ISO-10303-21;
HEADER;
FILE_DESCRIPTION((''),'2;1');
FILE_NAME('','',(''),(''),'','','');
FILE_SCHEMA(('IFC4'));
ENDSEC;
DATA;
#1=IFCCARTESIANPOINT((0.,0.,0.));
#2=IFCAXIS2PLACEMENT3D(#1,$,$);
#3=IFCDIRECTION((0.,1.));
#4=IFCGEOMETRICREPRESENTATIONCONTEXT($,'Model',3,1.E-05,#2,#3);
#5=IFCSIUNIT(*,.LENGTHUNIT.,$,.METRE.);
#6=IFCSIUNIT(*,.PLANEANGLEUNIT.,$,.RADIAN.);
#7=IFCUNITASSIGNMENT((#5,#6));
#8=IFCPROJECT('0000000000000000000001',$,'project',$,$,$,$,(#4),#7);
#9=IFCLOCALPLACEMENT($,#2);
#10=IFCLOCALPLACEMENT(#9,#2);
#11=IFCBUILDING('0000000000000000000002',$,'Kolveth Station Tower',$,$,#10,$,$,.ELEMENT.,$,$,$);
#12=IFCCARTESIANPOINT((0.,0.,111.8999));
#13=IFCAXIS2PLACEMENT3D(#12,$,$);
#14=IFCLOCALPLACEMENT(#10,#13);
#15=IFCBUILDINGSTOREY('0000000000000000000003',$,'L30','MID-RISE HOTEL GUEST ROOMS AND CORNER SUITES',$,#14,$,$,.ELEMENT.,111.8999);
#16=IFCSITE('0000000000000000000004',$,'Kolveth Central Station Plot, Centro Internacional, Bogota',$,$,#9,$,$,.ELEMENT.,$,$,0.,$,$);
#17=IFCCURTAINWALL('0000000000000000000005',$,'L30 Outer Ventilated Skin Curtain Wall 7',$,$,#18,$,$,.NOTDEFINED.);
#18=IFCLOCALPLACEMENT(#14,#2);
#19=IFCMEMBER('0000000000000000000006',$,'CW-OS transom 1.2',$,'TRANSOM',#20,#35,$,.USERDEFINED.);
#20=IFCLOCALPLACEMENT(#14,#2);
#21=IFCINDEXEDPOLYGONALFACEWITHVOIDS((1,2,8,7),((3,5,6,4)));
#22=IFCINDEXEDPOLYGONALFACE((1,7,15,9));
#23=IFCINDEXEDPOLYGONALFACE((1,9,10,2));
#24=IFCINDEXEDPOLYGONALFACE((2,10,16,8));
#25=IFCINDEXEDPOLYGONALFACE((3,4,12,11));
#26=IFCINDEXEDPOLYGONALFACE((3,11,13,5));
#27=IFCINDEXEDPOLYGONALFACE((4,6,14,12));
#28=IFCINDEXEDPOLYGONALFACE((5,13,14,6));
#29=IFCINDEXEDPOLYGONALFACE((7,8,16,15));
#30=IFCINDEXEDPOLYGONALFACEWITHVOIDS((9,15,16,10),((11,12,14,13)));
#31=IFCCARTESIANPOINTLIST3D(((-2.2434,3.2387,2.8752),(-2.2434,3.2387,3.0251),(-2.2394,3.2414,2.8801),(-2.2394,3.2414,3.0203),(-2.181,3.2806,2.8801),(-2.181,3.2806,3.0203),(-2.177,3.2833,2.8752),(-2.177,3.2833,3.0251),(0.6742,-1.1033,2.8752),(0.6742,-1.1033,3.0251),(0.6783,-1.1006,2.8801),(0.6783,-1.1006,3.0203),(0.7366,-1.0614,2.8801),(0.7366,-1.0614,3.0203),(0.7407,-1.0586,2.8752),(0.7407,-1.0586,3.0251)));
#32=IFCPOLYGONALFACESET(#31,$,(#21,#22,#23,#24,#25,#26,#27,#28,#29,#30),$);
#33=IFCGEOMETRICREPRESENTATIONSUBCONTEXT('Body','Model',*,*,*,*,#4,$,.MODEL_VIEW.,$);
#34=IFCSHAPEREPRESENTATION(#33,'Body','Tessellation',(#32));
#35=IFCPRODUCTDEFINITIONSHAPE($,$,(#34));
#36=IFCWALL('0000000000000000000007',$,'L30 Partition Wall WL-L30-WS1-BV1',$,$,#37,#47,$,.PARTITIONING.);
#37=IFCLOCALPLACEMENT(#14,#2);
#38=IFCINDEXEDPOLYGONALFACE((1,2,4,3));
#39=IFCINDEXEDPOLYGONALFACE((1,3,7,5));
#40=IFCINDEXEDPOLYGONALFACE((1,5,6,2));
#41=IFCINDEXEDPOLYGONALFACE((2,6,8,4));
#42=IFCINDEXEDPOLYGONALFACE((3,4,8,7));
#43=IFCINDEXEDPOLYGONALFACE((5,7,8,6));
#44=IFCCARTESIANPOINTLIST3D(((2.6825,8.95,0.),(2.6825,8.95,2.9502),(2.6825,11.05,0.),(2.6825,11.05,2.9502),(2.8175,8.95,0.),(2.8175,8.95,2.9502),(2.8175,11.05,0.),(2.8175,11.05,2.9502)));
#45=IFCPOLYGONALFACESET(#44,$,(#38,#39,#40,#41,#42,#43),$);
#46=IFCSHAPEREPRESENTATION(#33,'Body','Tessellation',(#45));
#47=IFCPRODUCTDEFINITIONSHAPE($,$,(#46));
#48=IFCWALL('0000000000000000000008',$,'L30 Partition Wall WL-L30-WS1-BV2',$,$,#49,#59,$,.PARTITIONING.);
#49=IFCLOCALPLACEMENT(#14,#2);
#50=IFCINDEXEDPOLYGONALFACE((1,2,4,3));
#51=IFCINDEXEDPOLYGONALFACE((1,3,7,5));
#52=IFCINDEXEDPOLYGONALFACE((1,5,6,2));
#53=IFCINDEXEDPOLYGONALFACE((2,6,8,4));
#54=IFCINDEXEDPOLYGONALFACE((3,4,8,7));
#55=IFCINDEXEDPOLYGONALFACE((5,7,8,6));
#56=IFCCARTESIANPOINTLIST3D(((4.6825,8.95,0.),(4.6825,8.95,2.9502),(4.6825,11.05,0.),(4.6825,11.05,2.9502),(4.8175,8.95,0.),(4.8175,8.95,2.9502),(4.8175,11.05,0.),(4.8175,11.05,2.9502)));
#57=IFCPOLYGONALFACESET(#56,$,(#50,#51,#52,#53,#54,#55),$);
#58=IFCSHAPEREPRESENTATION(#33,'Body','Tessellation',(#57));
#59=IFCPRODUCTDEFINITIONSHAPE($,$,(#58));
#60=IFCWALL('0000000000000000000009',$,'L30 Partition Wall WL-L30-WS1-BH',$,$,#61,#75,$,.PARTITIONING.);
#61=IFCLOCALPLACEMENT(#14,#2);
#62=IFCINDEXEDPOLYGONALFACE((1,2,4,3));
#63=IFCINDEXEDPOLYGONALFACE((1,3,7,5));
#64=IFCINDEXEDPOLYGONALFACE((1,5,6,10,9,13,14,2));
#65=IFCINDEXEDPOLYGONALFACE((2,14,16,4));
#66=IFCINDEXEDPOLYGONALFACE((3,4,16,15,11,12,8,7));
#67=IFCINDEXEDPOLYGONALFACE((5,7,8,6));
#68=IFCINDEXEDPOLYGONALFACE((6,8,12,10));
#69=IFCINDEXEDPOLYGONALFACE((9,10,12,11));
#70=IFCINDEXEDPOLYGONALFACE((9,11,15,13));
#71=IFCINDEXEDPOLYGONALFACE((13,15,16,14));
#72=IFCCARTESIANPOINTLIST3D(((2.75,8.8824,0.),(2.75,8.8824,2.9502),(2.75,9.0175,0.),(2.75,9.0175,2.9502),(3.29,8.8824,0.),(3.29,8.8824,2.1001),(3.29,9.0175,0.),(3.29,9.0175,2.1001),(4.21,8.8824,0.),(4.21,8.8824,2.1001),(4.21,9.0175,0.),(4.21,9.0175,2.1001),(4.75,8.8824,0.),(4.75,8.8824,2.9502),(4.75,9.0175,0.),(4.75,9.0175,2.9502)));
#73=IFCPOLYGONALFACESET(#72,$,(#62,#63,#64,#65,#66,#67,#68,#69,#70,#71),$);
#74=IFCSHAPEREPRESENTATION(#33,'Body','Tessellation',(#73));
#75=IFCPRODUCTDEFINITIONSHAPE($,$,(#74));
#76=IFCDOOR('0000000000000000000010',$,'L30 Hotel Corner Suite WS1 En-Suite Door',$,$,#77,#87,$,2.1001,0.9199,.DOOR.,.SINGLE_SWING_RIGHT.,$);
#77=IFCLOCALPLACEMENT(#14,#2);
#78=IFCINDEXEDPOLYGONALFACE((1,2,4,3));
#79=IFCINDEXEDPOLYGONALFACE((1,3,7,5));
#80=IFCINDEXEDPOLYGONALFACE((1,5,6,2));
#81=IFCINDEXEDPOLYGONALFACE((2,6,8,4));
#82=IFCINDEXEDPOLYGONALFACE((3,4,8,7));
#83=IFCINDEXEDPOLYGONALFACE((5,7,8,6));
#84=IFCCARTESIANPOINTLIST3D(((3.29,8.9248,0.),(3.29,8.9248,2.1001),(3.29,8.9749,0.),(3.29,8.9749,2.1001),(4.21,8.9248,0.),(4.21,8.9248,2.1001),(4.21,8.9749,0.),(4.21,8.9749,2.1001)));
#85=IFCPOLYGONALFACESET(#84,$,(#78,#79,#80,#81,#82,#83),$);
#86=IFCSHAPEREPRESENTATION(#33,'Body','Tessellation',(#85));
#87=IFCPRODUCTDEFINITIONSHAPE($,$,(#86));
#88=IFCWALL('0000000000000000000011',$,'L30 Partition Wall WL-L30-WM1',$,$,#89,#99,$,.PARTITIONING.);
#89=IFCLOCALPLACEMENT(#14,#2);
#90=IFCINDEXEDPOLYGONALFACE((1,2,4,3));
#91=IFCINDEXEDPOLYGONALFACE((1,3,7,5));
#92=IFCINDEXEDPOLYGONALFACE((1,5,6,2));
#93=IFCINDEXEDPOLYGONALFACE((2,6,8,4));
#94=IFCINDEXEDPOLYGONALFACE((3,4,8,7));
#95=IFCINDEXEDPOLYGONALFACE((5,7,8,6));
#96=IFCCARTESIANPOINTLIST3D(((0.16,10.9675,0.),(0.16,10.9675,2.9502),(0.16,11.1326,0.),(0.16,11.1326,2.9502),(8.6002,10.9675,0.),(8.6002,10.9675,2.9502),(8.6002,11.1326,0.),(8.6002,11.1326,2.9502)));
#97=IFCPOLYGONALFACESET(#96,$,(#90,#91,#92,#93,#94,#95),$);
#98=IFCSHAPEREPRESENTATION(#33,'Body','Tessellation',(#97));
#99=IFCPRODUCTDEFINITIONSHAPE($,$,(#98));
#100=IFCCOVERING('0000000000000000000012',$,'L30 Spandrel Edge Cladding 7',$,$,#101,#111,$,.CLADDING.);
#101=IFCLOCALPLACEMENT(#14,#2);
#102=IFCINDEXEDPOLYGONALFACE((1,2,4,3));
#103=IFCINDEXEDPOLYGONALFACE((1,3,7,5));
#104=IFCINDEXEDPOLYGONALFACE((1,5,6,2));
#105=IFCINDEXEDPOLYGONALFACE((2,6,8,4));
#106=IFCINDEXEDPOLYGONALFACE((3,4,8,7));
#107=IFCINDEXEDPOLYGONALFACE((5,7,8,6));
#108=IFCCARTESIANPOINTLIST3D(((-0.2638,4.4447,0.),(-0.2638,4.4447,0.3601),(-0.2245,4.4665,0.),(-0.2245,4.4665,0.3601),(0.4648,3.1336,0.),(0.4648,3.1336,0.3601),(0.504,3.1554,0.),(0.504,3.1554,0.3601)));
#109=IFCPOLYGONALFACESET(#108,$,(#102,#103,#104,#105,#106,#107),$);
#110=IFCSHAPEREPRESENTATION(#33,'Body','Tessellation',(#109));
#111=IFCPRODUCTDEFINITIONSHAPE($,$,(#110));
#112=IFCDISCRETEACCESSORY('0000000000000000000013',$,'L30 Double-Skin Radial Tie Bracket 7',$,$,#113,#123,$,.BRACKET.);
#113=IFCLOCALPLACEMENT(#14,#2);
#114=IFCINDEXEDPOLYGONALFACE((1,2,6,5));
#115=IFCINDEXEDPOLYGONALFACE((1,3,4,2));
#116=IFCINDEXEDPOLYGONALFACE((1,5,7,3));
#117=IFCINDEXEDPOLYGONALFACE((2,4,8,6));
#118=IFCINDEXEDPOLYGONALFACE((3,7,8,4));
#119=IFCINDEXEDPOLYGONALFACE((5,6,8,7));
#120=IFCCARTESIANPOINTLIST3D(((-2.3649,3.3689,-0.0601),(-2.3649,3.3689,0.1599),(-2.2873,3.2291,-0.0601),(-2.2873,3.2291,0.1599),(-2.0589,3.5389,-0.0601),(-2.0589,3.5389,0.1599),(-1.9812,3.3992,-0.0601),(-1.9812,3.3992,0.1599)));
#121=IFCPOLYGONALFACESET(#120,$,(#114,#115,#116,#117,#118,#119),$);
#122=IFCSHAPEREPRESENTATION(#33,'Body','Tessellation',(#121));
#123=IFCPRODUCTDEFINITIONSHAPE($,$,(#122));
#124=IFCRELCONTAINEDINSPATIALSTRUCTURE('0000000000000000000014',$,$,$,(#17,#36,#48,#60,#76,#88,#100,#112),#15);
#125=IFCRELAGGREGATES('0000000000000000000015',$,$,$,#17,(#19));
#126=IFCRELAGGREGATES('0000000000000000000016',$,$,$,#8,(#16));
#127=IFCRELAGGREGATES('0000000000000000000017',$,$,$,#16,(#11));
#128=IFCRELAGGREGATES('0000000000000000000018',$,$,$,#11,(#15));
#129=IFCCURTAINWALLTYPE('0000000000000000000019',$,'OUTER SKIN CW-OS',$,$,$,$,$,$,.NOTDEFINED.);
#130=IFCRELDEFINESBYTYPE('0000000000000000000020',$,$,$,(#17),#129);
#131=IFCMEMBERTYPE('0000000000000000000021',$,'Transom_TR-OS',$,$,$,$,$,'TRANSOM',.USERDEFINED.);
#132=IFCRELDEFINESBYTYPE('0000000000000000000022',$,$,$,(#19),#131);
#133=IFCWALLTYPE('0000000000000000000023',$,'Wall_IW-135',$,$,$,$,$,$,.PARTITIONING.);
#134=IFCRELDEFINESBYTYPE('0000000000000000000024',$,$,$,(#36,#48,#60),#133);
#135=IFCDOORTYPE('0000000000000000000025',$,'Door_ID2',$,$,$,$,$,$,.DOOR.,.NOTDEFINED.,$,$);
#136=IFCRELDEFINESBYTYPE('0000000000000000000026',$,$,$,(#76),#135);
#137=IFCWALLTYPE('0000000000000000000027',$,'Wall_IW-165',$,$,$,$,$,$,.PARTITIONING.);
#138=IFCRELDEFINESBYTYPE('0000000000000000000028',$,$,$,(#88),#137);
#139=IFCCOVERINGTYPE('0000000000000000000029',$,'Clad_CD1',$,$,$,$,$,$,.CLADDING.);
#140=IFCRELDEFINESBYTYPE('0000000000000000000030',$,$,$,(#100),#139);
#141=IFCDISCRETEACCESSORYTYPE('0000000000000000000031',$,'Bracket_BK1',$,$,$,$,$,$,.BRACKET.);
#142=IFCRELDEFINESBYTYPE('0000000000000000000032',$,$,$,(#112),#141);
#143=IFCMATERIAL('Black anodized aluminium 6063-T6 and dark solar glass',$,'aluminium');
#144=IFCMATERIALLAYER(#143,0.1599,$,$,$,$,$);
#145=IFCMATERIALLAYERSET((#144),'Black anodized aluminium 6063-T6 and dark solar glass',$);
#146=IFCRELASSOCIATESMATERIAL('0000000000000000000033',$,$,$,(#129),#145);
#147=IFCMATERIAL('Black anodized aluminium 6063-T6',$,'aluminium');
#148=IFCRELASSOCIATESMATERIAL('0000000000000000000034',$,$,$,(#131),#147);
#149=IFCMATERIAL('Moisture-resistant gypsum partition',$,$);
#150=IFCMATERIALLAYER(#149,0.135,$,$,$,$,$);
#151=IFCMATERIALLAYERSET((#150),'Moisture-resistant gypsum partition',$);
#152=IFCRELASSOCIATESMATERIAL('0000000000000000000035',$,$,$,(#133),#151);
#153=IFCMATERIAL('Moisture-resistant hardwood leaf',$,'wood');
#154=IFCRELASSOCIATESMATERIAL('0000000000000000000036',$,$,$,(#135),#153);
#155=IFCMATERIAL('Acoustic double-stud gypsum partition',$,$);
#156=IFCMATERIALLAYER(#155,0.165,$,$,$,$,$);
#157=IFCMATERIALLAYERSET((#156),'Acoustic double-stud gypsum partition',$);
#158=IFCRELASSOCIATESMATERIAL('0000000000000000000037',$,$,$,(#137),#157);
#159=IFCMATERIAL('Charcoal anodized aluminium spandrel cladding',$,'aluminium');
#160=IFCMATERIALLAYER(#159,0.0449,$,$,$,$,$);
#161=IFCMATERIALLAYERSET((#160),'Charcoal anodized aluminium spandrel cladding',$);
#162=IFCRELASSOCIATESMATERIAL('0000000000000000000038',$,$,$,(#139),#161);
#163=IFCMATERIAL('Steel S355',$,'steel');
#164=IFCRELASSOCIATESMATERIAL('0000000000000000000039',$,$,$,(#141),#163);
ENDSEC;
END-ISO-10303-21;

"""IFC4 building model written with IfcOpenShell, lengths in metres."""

from ifc_helpers import new_model, si_unit, direction, frame, frame_2d, origin, origin_2d, place, context, subcontext, project, spatial, rectangle, hollow_rectangle, extrude, source, transform, mapped, material, layer, layer_set, material_profile, profile_set, type_object, element, fill, aggregate, save


model = new_model("IFC4")

# Units and contexts
model_context = context("Model", 3, precision=1e-05, world=origin(), true_north=direction((0.0, 1.0)))
body_context = subcontext(model_context, "Body", "Model", "MODEL_VIEW")
ifc_project = project(units=[si_unit("LENGTHUNIT", "METRE"), si_unit("PLANEANGLEUNIT", "RADIAN")], contexts=[model_context])

# Site, building, storey
site_placement = place(None, origin())
site = spatial("IfcSite", under=ifc_project, at=site_placement, Name="Kolveth Central Station Plot, Centro Internacional, Bogota", CompositionType="ELEMENT", RefElevation=0.0)
building_placement = place(site_placement, origin())
building = spatial("IfcBuilding", under=site, at=building_placement, Name="Kolveth Station Tower", CompositionType="ELEMENT")
storey_placement = place(building_placement, frame((0.0, 0.0, 111.8999)))
storey = spatial("IfcBuildingStorey", under=building, at=storey_placement, Name="L30", Description="MID-RISE HOTEL GUEST ROOMS AND CORNER SUITES", CompositionType="ELEMENT", Elevation=111.8999)

# Shared definitions
ifc_material_1 = material(Name="Steel S355", Category="steel")

# Shared definitions
ifc_material_2 = material(Name="Black anodized aluminium 6063-T6", Category="aluminium")

# Curtain wall
ifc_material_3 = material(Name="Black anodized aluminium 6063-T6 and dark solar glass", Category="aluminium")
ifc_layer_1 = layer(ifc_material_3, 0.1599)
ifc_layer_set_1 = layer_set([ifc_layer_1], Name="Black anodized aluminium 6063-T6 and dark solar glass")
curtain_wall_type_1 = type_object("IfcCurtainWallType", Name="OUTER SKIN CW-OS", PredefinedType="NOTDEFINED", material=ifc_layer_set_1)
curtain_wall_1_placement = place(storey_placement, origin())
curtain_wall_1 = element("IfcCurtainWall", 1, at=curtain_wall_1_placement, inside=storey, type_object=curtain_wall_type_1, Name="L30 Outer Ventilated Skin Curtain Wall 7", PredefinedType="NOTDEFINED")

# Member
ifc_material_profile_1 = material_profile(ifc_material_2, hollow_rectangle(XDim=0.0801, YDim=0.1499, WallThickness=0.0049, at=origin_2d()), Name="ALU-80x150x5")
ifc_profile_set_1 = profile_set([ifc_material_profile_1], Name="Black anodized aluminium 6063-T6")
member_type_1 = type_object("IfcMemberType", Name="Transom_TR-OS", ElementType="TRANSOM", PredefinedType="USERDEFINED", material=ifc_profile_set_1)
shared_shape_1 = source(origin(), body_context, "Body", "SweptSolid", [
    extrude(hollow_rectangle(XDim=0.0801, YDim=0.1499, WallThickness=0.0049, at=origin_2d()), origin(), (0.0, 0.0, 1.0), 5.2312),
])
member_1_placement = place(storey_placement, frame((-2.2102, 3.261, 2.9502), z_axis=(0.557744, -0.830013, 0.0), x_axis=(0.830013, 0.557744, 0.0)))
member_1 = element("IfcMember", 2, at=member_1_placement, type_object=member_type_1, Name="CW-OS transom 1.2", ObjectType="TRANSOM", PredefinedType="USERDEFINED", context=body_context, shape_type="MappedRepresentation", body=[
    mapped(shared_shape_1, transform((0.0, 0.0, 0.0), x_axis=(1.0, 0.0, 0.0), y_axis=(0.0, 1.0, 0.0), z_axis=(0.0, 0.0, 1.0), scale=1.0)),
])
aggregate(curtain_wall_1, [member_1])

# Walls
ifc_material_4 = material(Name="Moisture-resistant gypsum partition")
ifc_layer_2 = layer(ifc_material_4, 0.135)
ifc_layer_set_2 = layer_set([ifc_layer_2], Name="Moisture-resistant gypsum partition")
wall_type_1 = type_object("IfcWallType", Name="Wall_IW-135", PredefinedType="PARTITIONING", material=ifc_layer_set_2)
for number, where, z_axis, x_axis, name in (
    (3, (2.75, 8.95, 0.0), (0.0, 0.0, 1.0), (0.0, 1.0, 0.0), "L30 Partition Wall WL-L30-WS1-BV1"),
    (4, (4.75, 8.95, 0.0), (0.0, 0.0, 1.0), (0.0, 1.0, 0.0), "L30 Partition Wall WL-L30-WS1-BV2"),
):
    element("IfcWall", number, at=place(storey_placement, frame(where, z_axis=z_axis, x_axis=x_axis)), inside=storey, type_object=wall_type_1, Name=name, PredefinedType="PARTITIONING", context=body_context, shape_type="SweptSolid", body=[
        extrude(rectangle(XDim=2.1001, YDim=0.135, at=frame_2d((1.05, 0.0))), origin(), (0.0, 0.0, 1.0), 2.9502),
    ])

# Wall, opening, door
wall_1_placement = place(storey_placement, frame((2.75, 8.95, 0.0), z_axis=(0.0, 0.0, 1.0), x_axis=(1.0, 0.0, 0.0)))
wall_1 = element("IfcWall", 5, at=wall_1_placement, inside=storey, type_object=wall_type_1, Name="L30 Partition Wall WL-L30-WS1-BH", PredefinedType="PARTITIONING", context=body_context, shape_type="SweptSolid", body=[
    extrude(rectangle(XDim=2.0, YDim=0.135, at=frame_2d((1.0, 0.0))), origin(), (0.0, 0.0, 1.0), 2.9502),
])
opening_placement = place(wall_1_placement, frame((0.54, 0.0, 0.0)))
opening = element("IfcOpeningElement", 6, at=opening_placement, cuts=wall_1, PredefinedType="OPENING", context=body_context, shape_type="SweptSolid", body=[
    extrude(rectangle(XDim=0.9199, YDim=2.1001, at=frame_2d((0.46, 1.05))), frame((0.0, 0.0774, 0.0), z_axis=(0.0, -1.0, 0.0), x_axis=(1.0, 0.0, 0.0)), (0.0, 0.0, 1.0), 0.155),
])
ifc_material_5 = material(Name="Moisture-resistant hardwood leaf", Category="wood")
door_type = type_object("IfcDoorType", Name="Door_ID2", OperationType="NOTDEFINED", PredefinedType="DOOR", material=ifc_material_5)
door_placement = place(opening_placement, origin())
door = element("IfcDoor", 7, at=door_placement, inside=storey, type_object=door_type, Name="L30 Hotel Corner Suite WS1 En-Suite Door", OperationType="SINGLE_SWING_RIGHT", OverallHeight=2.1001, OverallWidth=0.9199, PredefinedType="DOOR", context=body_context, shape_type="SweptSolid", body=[
    extrude(rectangle(XDim=0.9199, YDim=2.1001, at=frame_2d((0.46, 1.05))), frame((0.0, 0.0249, 0.0), z_axis=(0.0, -1.0, 0.0), x_axis=(1.0, 0.0, 0.0)), (0.0, 0.0, 1.0), 0.05),
])
fill(opening, door)

# Wall
ifc_material_6 = material(Name="Acoustic double-stud gypsum partition")
ifc_layer_3 = layer(ifc_material_6, 0.165)
ifc_layer_set_3 = layer_set([ifc_layer_3], Name="Acoustic double-stud gypsum partition")
wall_type_2 = type_object("IfcWallType", Name="Wall_IW-165", PredefinedType="PARTITIONING", material=ifc_layer_set_3)
wall_2_placement = place(storey_placement, frame((0.1599, 11.05, 0.0), z_axis=(0.0, 0.0, 1.0), x_axis=(1.0, 0.0, 0.0)))
element("IfcWall", 8, at=wall_2_placement, inside=storey, type_object=wall_type_2, Name="L30 Partition Wall WL-L30-WM1", PredefinedType="PARTITIONING", context=body_context, shape_type="SweptSolid", body=[
    extrude(rectangle(XDim=8.4402, YDim=0.165, at=frame_2d((4.2202, 0.0))), origin(), (0.0, 0.0, 1.0), 2.9502),
])

# Covering
ifc_material_7 = material(Name="Charcoal anodized aluminium spandrel cladding", Category="aluminium")
ifc_layer_4 = layer(ifc_material_7, 0.0449)
ifc_layer_set_4 = layer_set([ifc_layer_4], Name="Charcoal anodized aluminium spandrel cladding")
covering_type = type_object("IfcCoveringType", Name="Clad_CD1", PredefinedType="CLADDING", material=ifc_layer_set_4)
shared_shape_2 = source(origin(), body_context, "Body", "SweptSolid", [
    extrude(rectangle(XDim=1.5, YDim=0.0449, at=origin_2d()), origin(), (0.0, 0.0, 1.0), 0.3601),
])
covering_placement = place(storey_placement, frame((0.1201, 3.8, 0.0), z_axis=(0.0, 0.0, 1.0), x_axis=(0.485725, -0.874112, 0.0)))
element("IfcCovering", 9, at=covering_placement, inside=storey, type_object=covering_type, Name="L30 Spandrel Edge Cladding 7", PredefinedType="CLADDING", context=body_context, shape_type="MappedRepresentation", body=[
    mapped(shared_shape_2, transform((0.0, 0.0, 0.0), x_axis=(1.0, 0.0, 0.0), y_axis=(0.0, 1.0, 0.0), z_axis=(0.0, 0.0, 1.0), scale=1.0)),
])

# Discrete accessory
discrete_accessory_type = type_object("IfcDiscreteAccessoryType", Name="Bracket_BK1", PredefinedType="BRACKET", material=ifc_material_1)
shared_shape_3 = source(origin(), body_context, "Body", "SweptSolid", [
    extrude(rectangle(XDim=0.3501, YDim=0.1599, at=origin_2d()), origin(), (0.0, 0.0, 1.0), 0.22),
])
discrete_accessory_placement = place(storey_placement, frame((-2.1731, 3.384, -0.0601), z_axis=(0.0, 0.0, 1.0), x_axis=(-0.874112, -0.485725, 0.0)))
element("IfcDiscreteAccessory", 10, at=discrete_accessory_placement, inside=storey, type_object=discrete_accessory_type, Name="L30 Double-Skin Radial Tie Bracket 7", PredefinedType="BRACKET", context=body_context, shape_type="MappedRepresentation", body=[
    mapped(shared_shape_3, transform((0.0, 0.0, 0.0), x_axis=(1.0, 0.0, 0.0), y_axis=(0.0, 1.0, 0.0), z_axis=(0.0, 0.0, 1.0), scale=1.0)),
])

save(model, "model.ifc")
